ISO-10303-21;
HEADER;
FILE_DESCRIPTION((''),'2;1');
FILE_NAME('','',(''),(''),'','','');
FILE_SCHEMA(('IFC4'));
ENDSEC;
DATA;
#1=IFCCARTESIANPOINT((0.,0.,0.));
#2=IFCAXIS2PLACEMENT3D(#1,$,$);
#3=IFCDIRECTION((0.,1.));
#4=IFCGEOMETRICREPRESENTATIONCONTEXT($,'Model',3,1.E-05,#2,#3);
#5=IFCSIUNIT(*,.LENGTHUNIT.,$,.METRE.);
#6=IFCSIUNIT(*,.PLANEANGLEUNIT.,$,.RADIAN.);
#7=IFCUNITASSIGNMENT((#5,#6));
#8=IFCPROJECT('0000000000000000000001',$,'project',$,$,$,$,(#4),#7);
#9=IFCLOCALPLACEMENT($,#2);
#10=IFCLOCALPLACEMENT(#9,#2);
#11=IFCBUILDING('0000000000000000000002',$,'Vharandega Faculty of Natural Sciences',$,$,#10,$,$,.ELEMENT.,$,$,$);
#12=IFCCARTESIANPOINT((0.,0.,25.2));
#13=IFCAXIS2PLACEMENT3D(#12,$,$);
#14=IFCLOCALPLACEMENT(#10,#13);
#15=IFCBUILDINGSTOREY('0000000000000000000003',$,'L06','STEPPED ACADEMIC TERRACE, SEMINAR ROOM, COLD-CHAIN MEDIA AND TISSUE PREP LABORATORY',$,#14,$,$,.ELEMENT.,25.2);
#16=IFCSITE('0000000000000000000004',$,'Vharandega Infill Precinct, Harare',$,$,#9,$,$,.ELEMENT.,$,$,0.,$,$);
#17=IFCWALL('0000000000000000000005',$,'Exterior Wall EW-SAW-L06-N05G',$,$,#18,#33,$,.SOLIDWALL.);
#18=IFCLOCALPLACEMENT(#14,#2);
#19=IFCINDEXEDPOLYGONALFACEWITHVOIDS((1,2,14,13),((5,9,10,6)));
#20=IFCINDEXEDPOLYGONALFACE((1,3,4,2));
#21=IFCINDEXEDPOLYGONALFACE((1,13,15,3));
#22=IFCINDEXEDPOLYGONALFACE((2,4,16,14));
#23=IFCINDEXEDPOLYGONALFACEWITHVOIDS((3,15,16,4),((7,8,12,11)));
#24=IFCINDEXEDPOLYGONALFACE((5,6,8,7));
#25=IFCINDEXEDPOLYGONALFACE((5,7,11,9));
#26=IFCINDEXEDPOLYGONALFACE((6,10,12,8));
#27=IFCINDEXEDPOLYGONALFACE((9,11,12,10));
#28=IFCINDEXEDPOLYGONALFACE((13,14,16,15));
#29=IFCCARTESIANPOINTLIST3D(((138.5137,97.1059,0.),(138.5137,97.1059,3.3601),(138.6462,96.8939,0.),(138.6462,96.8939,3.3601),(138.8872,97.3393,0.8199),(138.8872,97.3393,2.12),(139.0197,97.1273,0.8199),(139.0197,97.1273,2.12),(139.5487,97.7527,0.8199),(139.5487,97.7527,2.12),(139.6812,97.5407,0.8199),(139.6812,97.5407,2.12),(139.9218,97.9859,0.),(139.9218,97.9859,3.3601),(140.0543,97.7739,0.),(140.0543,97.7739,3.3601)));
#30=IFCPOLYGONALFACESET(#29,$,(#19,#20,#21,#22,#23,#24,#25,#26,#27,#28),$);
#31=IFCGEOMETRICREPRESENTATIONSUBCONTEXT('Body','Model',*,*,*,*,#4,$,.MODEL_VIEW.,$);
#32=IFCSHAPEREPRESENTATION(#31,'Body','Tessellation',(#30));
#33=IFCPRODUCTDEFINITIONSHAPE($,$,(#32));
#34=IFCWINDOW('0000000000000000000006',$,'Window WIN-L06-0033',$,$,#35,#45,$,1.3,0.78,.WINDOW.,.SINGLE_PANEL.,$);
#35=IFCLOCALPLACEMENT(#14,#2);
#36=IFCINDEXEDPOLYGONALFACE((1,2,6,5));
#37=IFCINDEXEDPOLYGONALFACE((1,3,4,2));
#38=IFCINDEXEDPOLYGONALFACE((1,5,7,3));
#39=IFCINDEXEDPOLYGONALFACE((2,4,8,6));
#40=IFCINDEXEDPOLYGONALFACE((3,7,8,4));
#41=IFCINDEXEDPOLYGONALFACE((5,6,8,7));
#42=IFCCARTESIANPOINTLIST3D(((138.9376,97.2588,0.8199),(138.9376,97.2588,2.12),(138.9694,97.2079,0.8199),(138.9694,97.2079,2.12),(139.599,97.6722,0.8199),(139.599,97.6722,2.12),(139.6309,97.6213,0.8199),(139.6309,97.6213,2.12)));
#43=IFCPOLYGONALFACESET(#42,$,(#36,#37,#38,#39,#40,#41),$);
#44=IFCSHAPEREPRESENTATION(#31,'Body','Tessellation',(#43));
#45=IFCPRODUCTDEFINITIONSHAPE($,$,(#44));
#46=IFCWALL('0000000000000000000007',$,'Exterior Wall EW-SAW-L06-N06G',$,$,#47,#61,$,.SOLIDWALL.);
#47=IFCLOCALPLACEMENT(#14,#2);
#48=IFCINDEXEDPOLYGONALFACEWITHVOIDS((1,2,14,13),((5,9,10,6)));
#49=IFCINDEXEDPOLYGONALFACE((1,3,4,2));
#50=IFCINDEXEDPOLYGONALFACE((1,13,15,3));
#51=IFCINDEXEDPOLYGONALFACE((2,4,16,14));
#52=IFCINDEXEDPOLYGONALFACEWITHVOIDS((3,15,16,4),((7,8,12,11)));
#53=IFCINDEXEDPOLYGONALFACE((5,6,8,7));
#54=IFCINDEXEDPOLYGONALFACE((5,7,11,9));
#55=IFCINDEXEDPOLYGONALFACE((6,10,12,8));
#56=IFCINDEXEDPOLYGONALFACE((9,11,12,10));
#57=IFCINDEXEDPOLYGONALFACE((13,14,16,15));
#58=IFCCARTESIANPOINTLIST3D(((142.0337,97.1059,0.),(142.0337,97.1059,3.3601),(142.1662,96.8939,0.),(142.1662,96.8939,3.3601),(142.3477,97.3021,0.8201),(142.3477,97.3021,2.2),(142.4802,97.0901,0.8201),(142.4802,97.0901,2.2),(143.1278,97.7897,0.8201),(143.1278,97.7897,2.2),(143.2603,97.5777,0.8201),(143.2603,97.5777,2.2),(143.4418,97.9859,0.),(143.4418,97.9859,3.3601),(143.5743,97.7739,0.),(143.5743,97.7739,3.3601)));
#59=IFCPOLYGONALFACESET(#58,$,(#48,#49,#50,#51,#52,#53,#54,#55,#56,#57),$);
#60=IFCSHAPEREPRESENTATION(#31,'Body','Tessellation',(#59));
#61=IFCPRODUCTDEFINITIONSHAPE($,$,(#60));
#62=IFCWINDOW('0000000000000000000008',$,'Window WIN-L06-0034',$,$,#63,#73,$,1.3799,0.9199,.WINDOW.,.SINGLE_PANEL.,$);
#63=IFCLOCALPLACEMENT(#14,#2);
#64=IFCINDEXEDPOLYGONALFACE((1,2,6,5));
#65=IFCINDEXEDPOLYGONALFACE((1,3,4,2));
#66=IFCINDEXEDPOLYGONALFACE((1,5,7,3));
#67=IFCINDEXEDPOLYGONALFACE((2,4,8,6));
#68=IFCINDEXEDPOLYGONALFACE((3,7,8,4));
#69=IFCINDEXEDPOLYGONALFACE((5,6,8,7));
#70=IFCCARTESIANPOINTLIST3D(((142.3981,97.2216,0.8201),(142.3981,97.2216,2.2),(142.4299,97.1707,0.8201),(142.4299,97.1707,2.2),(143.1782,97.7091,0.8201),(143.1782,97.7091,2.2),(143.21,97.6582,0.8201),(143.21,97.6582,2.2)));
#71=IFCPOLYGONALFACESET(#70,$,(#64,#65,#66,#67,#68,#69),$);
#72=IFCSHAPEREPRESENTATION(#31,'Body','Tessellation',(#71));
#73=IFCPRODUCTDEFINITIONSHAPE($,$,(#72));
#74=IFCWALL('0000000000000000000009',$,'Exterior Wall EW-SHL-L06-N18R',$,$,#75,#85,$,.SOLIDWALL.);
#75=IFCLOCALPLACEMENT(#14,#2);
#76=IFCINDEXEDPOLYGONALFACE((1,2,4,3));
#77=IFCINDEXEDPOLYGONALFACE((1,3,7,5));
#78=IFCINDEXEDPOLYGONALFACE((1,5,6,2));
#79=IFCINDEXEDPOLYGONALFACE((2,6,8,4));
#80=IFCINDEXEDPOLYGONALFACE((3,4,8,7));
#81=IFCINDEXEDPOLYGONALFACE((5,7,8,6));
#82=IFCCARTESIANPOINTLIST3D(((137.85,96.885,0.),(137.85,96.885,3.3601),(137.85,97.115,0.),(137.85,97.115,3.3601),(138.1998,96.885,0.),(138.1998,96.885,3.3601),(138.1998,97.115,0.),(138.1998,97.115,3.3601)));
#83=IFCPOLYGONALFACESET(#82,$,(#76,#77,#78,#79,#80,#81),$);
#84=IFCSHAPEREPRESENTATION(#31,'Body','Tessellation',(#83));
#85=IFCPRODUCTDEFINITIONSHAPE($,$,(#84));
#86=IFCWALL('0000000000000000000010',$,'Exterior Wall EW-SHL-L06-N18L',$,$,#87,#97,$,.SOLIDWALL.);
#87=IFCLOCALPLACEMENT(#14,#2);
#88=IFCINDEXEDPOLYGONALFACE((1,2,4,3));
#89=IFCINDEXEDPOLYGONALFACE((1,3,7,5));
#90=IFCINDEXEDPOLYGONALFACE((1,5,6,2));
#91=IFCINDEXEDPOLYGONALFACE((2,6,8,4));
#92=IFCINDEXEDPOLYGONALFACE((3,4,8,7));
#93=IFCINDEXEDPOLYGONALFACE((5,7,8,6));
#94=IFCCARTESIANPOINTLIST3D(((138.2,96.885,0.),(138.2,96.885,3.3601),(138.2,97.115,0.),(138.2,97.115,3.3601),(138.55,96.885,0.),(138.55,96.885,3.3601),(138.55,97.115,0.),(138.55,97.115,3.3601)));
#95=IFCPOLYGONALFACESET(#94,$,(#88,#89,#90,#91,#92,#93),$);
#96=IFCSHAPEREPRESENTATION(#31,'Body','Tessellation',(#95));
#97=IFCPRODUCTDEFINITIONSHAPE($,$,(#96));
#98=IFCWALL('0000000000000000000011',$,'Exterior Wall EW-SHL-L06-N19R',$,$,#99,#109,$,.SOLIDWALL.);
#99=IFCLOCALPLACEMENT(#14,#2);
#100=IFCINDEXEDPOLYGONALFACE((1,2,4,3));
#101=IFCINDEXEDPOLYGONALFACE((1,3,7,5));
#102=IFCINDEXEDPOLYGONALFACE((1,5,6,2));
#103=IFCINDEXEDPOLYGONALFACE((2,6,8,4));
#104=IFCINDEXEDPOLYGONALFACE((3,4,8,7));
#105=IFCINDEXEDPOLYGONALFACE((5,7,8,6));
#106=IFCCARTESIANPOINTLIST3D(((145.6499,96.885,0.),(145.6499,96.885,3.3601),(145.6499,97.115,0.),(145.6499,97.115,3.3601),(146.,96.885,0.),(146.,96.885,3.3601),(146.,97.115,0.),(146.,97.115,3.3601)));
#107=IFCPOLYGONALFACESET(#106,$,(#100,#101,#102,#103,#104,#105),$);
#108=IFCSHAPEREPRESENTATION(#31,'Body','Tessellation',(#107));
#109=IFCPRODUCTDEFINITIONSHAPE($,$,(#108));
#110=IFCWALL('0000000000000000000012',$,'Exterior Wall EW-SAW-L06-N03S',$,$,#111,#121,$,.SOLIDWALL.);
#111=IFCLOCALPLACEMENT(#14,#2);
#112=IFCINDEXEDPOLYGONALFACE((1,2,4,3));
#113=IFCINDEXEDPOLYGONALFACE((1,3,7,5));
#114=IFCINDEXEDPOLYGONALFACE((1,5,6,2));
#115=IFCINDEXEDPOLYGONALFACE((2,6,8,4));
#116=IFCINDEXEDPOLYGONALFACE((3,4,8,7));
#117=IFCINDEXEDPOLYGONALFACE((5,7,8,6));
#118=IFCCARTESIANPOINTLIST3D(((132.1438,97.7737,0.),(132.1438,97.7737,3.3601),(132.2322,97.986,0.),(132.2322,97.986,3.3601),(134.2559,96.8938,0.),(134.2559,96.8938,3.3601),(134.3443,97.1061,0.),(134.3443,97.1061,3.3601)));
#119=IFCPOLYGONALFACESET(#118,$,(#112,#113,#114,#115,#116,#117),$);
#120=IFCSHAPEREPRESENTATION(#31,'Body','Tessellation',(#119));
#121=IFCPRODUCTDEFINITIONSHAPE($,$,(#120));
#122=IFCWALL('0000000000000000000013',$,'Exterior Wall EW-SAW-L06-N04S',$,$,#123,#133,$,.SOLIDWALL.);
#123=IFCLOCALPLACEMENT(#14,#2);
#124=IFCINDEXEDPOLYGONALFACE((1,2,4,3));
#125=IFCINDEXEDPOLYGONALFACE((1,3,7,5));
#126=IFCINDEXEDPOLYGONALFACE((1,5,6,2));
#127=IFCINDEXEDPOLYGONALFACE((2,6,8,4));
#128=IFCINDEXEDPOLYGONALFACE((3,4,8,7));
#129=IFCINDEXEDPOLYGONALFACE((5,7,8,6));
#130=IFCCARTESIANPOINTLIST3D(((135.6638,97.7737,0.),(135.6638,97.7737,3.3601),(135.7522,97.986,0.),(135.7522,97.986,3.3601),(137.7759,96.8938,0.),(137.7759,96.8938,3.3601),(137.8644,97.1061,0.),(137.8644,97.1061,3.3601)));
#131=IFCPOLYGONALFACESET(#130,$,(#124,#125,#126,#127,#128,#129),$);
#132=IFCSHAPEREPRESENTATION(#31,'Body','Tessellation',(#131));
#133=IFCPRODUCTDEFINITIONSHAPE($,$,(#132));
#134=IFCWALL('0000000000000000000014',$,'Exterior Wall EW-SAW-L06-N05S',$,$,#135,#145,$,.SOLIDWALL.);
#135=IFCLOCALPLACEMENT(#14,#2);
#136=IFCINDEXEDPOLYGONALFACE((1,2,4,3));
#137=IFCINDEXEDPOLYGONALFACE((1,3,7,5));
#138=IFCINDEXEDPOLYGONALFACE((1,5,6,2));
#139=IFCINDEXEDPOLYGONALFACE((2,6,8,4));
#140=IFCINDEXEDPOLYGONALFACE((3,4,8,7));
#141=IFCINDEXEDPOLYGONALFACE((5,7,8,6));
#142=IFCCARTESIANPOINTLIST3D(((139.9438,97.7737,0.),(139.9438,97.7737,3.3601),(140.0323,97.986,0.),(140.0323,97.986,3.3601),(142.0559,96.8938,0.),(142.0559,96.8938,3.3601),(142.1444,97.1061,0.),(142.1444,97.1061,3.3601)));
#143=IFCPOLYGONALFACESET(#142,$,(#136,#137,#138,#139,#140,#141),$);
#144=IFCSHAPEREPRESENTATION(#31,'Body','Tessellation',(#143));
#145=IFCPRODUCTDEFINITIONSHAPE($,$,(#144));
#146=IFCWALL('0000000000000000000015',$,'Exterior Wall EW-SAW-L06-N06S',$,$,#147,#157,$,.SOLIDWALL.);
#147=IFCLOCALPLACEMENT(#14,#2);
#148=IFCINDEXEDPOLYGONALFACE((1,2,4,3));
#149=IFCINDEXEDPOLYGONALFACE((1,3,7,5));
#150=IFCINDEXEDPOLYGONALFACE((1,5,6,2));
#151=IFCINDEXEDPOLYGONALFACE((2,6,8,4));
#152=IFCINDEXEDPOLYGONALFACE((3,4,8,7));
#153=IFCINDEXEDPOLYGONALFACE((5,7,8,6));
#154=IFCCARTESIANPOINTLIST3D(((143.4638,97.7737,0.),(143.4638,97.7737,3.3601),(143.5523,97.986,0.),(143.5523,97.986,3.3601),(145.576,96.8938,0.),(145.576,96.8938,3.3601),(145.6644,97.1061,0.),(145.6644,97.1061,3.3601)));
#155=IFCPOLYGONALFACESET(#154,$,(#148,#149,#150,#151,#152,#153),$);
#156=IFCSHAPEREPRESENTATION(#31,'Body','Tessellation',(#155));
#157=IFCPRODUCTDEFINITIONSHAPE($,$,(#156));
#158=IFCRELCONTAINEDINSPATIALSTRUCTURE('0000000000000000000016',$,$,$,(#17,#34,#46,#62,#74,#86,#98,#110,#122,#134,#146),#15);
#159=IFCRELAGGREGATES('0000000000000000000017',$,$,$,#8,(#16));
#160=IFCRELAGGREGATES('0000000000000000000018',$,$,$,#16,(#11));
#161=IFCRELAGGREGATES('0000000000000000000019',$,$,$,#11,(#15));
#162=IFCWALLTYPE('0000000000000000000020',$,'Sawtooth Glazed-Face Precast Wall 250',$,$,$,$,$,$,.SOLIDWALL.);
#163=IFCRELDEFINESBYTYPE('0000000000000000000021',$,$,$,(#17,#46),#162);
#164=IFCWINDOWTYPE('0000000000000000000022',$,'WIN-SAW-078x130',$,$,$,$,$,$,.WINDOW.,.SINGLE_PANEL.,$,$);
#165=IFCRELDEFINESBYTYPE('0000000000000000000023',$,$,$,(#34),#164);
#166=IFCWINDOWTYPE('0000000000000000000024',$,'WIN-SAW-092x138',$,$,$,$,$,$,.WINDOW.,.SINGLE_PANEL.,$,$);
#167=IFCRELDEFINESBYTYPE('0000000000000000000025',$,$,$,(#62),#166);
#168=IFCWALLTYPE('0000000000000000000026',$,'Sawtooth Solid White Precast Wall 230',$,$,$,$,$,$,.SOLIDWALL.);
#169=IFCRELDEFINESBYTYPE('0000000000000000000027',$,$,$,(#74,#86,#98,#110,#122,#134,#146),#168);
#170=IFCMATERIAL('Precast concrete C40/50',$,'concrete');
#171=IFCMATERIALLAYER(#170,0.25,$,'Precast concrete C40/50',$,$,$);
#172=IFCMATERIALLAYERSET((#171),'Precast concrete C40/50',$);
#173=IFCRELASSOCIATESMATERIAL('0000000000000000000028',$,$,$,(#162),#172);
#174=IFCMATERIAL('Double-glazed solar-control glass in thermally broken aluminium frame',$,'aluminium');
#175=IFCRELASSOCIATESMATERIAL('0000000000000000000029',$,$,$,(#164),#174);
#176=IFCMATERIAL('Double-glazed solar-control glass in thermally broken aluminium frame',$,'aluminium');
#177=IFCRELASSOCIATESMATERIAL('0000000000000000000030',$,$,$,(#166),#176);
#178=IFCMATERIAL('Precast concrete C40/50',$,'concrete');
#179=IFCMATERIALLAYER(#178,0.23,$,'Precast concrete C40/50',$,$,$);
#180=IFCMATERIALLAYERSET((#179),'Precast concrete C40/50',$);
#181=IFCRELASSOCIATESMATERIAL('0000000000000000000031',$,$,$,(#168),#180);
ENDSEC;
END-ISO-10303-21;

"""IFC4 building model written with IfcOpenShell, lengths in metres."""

from ifc_helpers import new_model, si_unit, direction, frame, frame_2d, origin, place, context, subcontext, project, spatial, rectangle, extrude, material, layer, layer_set, type_object, element, fill, save


model = new_model("IFC4")

# Units and contexts
model_context = context("Model", 3, precision=1e-05, world=origin(), true_north=direction((0.0, 1.0)))
body_context = subcontext(model_context, "Body", "Model", "MODEL_VIEW")
ifc_project = project(units=[si_unit("LENGTHUNIT", "METRE"), si_unit("PLANEANGLEUNIT", "RADIAN")], contexts=[model_context])

# Site, building, storey
site_placement = place(None, origin())
site = spatial("IfcSite", under=ifc_project, at=site_placement, Name="Vharandega Infill Precinct, Harare", CompositionType="ELEMENT", RefElevation=0.0)
building_placement = place(site_placement, origin())
building = spatial("IfcBuilding", under=site, at=building_placement, Name="Vharandega Faculty of Natural Sciences", CompositionType="ELEMENT")
storey_placement = place(building_placement, frame((0.0, 0.0, 25.2)))
storey = spatial("IfcBuildingStorey", under=building, at=storey_placement, Name="L06", Description="STEPPED ACADEMIC TERRACE, SEMINAR ROOM, COLD-CHAIN MEDIA AND TISSUE PREP LABORATORY", CompositionType="ELEMENT", Elevation=25.2)

# Walls, openings, windows
ifc_material_1 = material(Name="Precast concrete C40/50", Category="concrete")
ifc_layer_1 = layer(ifc_material_1, 0.25, Name="Precast concrete C40/50")
ifc_layer_set_1 = layer_set([ifc_layer_1], Name="Precast concrete C40/50")
wall_type_1 = type_object("IfcWallType", Name="Sawtooth Glazed-Face Precast Wall 250", PredefinedType="SOLIDWALL", material=ifc_layer_set_1)
wall_1_placement = place(storey_placement, frame((138.5801, 97.0, 0.0), z_axis=(0.0, 0.0, 1.0), x_axis=(0.848023, 0.529959, 0.0)))
wall_1 = element("IfcWall", 1, at=wall_1_placement, inside=storey, type_object=wall_type_1, Name="Exterior Wall EW-SAW-L06-N05G", PredefinedType="SOLIDWALL", context=body_context, shape_type="SweptSolid", body=[
    extrude(rectangle(XDim=1.6604, YDim=0.25, at=frame_2d((0.8301, 0.0))), origin(), (0.0, 0.0, 1.0), 3.3601),
])
opening_1_placement = place(wall_1_placement, frame((0.4402, 0.0, 0.8201)))
opening_1 = element("IfcOpeningElement", 2, at=opening_1_placement, cuts=wall_1, PredefinedType="OPENING", context=body_context, shape_type="SweptSolid", body=[
    extrude(rectangle(XDim=0.78, YDim=1.3, at=frame_2d((0.3901, 0.6499))), frame((0.0, 0.135, 0.0), z_axis=(0.0, -1.0, 0.0), x_axis=(1.0, 0.0, 0.0)), (0.0, 0.0, 1.0), 0.27),
])
ifc_material_2 = material(Name="Double-glazed solar-control glass in thermally broken aluminium frame", Category="aluminium")
window_type_1 = type_object("IfcWindowType", Name="WIN-SAW-078x130", PartitioningType="SINGLE_PANEL", PredefinedType="WINDOW", material=ifc_material_2)
window_1_placement = place(opening_1_placement, origin())
window_1 = element("IfcWindow", 3, at=window_1_placement, inside=storey, type_object=window_type_1, Name="Window WIN-L06-0033", OverallHeight=1.3, OverallWidth=0.78, PartitioningType="SINGLE_PANEL", PredefinedType="WINDOW", context=body_context, shape_type="SweptSolid", body=[
    extrude(rectangle(XDim=0.78, YDim=1.3, at=frame_2d((0.3901, 0.6499))), frame((0.0, 0.03, 0.0), z_axis=(0.0, -1.0, 0.0), x_axis=(1.0, 0.0, 0.0)), (0.0, 0.0, 1.0), 0.0601),
])
fill(opening_1, window_1)
wall_2_placement = place(storey_placement, frame((142.1001, 97.0, 0.0), z_axis=(0.0, 0.0, 1.0), x_axis=(0.848023, 0.529959, 0.0)))
wall_2 = element("IfcWall", 4, at=wall_2_placement, inside=storey, type_object=wall_type_1, Name="Exterior Wall EW-SAW-L06-N06G", PredefinedType="SOLIDWALL", context=body_context, shape_type="SweptSolid", body=[
    extrude(rectangle(XDim=1.6604, YDim=0.25, at=frame_2d((0.8301, 0.0))), origin(), (0.0, 0.0, 1.0), 3.3601),
])
opening_2_placement = place(wall_2_placement, frame((0.3701, 0.0, 0.8201)))
opening_2 = element("IfcOpeningElement", 5, at=opening_2_placement, cuts=wall_2, PredefinedType="OPENING", context=body_context, shape_type="SweptSolid", body=[
    extrude(rectangle(XDim=0.9199, YDim=1.3799, at=frame_2d((0.46, 0.6899))), frame((0.0, 0.135, 0.0), z_axis=(0.0, -1.0, 0.0), x_axis=(1.0, 0.0, 0.0)), (0.0, 0.0, 1.0), 0.27),
])
ifc_material_3 = material(Name="Double-glazed solar-control glass in thermally broken aluminium frame", Category="aluminium")
window_type_2 = type_object("IfcWindowType", Name="WIN-SAW-092x138", PartitioningType="SINGLE_PANEL", PredefinedType="WINDOW", material=ifc_material_3)
window_2_placement = place(opening_2_placement, origin())
window_2 = element("IfcWindow", 6, at=window_2_placement, inside=storey, type_object=window_type_2, Name="Window WIN-L06-0034", OverallHeight=1.3799, OverallWidth=0.9199, PartitioningType="SINGLE_PANEL", PredefinedType="WINDOW", context=body_context, shape_type="SweptSolid", body=[
    extrude(rectangle(XDim=0.9199, YDim=1.3799, at=frame_2d((0.46, 0.6899))), frame((0.0, 0.03, 0.0), z_axis=(0.0, -1.0, 0.0), x_axis=(1.0, 0.0, 0.0)), (0.0, 0.0, 1.0), 0.0601),
])
fill(opening_2, window_2)

# Walls
ifc_material_4 = material(Name="Precast concrete C40/50", Category="concrete")
ifc_layer_2 = layer(ifc_material_4, 0.23, Name="Precast concrete C40/50")
ifc_layer_set_2 = layer_set([ifc_layer_2], Name="Precast concrete C40/50")
wall_type_2 = type_object("IfcWallType", Name="Sawtooth Solid White Precast Wall 230", PredefinedType="SOLIDWALL", material=ifc_layer_set_2)
wall_3_placement = place(storey_placement, frame((137.8501, 97.0, 0.0), z_axis=(0.0, 0.0, 1.0), x_axis=(1.0, 0.0, 0.0)))
element("IfcWall", 7, at=wall_3_placement, inside=storey, type_object=wall_type_2, Name="Exterior Wall EW-SHL-L06-N18R", PredefinedType="SOLIDWALL", context=body_context, shape_type="SweptSolid", body=[
    extrude(rectangle(XDim=0.3499, YDim=0.23, at=frame_2d((0.1748, 0.0))), origin(), (0.0, 0.0, 1.0), 3.3601),
])
for number, where, z_axis, x_axis, name in (
    (8, (138.2, 97.0, 0.0), (0.0, 0.0, 1.0), (1.0, 0.0, 0.0), "Exterior Wall EW-SHL-L06-N18L"),
    (9, (145.6499, 97.0, 0.0), (0.0, 0.0, 1.0), (1.0, 0.0, 0.0), "Exterior Wall EW-SHL-L06-N19R"),
):
    element("IfcWall", number, at=place(storey_placement, frame(where, z_axis=z_axis, x_axis=x_axis)), inside=storey, type_object=wall_type_2, Name=name, PredefinedType="SOLIDWALL", context=body_context, shape_type="SweptSolid", body=[
        extrude(rectangle(XDim=0.3501, YDim=0.23, at=frame_2d((0.175, 0.0))), origin(), (0.0, 0.0, 1.0), 3.3601),
    ])
for number, where, z_axis, x_axis, name in (
    (10, (132.188, 97.8799, 0.0), (0.0, 0.0, 1.0), (0.923099, -0.384562, 0.0), "Exterior Wall EW-SAW-L06-N03S"),
    (11, (135.708, 97.8799, 0.0), (0.0, 0.0, 1.0), (0.923099, -0.384562, 0.0), "Exterior Wall EW-SAW-L06-N04S"),
    (12, (139.988, 97.8799, 0.0), (0.0, 0.0, 1.0), (0.923099, -0.384562, 0.0), "Exterior Wall EW-SAW-L06-N05S"),
    (13, (143.5081, 97.8799, 0.0), (0.0, 0.0, 1.0), (0.923099, -0.384562, 0.0), "Exterior Wall EW-SAW-L06-N06S"),
):
    element("IfcWall", number, at=place(storey_placement, frame(where, z_axis=z_axis, x_axis=x_axis)), inside=storey, type_object=wall_type_2, Name=name, PredefinedType="SOLIDWALL", context=body_context, shape_type="SweptSolid", body=[
        extrude(rectangle(XDim=2.2881, YDim=0.23, at=frame_2d((1.144, 0.0))), origin(), (0.0, 0.0, 1.0), 3.3601),
    ])

save(model, "model.ifc")
